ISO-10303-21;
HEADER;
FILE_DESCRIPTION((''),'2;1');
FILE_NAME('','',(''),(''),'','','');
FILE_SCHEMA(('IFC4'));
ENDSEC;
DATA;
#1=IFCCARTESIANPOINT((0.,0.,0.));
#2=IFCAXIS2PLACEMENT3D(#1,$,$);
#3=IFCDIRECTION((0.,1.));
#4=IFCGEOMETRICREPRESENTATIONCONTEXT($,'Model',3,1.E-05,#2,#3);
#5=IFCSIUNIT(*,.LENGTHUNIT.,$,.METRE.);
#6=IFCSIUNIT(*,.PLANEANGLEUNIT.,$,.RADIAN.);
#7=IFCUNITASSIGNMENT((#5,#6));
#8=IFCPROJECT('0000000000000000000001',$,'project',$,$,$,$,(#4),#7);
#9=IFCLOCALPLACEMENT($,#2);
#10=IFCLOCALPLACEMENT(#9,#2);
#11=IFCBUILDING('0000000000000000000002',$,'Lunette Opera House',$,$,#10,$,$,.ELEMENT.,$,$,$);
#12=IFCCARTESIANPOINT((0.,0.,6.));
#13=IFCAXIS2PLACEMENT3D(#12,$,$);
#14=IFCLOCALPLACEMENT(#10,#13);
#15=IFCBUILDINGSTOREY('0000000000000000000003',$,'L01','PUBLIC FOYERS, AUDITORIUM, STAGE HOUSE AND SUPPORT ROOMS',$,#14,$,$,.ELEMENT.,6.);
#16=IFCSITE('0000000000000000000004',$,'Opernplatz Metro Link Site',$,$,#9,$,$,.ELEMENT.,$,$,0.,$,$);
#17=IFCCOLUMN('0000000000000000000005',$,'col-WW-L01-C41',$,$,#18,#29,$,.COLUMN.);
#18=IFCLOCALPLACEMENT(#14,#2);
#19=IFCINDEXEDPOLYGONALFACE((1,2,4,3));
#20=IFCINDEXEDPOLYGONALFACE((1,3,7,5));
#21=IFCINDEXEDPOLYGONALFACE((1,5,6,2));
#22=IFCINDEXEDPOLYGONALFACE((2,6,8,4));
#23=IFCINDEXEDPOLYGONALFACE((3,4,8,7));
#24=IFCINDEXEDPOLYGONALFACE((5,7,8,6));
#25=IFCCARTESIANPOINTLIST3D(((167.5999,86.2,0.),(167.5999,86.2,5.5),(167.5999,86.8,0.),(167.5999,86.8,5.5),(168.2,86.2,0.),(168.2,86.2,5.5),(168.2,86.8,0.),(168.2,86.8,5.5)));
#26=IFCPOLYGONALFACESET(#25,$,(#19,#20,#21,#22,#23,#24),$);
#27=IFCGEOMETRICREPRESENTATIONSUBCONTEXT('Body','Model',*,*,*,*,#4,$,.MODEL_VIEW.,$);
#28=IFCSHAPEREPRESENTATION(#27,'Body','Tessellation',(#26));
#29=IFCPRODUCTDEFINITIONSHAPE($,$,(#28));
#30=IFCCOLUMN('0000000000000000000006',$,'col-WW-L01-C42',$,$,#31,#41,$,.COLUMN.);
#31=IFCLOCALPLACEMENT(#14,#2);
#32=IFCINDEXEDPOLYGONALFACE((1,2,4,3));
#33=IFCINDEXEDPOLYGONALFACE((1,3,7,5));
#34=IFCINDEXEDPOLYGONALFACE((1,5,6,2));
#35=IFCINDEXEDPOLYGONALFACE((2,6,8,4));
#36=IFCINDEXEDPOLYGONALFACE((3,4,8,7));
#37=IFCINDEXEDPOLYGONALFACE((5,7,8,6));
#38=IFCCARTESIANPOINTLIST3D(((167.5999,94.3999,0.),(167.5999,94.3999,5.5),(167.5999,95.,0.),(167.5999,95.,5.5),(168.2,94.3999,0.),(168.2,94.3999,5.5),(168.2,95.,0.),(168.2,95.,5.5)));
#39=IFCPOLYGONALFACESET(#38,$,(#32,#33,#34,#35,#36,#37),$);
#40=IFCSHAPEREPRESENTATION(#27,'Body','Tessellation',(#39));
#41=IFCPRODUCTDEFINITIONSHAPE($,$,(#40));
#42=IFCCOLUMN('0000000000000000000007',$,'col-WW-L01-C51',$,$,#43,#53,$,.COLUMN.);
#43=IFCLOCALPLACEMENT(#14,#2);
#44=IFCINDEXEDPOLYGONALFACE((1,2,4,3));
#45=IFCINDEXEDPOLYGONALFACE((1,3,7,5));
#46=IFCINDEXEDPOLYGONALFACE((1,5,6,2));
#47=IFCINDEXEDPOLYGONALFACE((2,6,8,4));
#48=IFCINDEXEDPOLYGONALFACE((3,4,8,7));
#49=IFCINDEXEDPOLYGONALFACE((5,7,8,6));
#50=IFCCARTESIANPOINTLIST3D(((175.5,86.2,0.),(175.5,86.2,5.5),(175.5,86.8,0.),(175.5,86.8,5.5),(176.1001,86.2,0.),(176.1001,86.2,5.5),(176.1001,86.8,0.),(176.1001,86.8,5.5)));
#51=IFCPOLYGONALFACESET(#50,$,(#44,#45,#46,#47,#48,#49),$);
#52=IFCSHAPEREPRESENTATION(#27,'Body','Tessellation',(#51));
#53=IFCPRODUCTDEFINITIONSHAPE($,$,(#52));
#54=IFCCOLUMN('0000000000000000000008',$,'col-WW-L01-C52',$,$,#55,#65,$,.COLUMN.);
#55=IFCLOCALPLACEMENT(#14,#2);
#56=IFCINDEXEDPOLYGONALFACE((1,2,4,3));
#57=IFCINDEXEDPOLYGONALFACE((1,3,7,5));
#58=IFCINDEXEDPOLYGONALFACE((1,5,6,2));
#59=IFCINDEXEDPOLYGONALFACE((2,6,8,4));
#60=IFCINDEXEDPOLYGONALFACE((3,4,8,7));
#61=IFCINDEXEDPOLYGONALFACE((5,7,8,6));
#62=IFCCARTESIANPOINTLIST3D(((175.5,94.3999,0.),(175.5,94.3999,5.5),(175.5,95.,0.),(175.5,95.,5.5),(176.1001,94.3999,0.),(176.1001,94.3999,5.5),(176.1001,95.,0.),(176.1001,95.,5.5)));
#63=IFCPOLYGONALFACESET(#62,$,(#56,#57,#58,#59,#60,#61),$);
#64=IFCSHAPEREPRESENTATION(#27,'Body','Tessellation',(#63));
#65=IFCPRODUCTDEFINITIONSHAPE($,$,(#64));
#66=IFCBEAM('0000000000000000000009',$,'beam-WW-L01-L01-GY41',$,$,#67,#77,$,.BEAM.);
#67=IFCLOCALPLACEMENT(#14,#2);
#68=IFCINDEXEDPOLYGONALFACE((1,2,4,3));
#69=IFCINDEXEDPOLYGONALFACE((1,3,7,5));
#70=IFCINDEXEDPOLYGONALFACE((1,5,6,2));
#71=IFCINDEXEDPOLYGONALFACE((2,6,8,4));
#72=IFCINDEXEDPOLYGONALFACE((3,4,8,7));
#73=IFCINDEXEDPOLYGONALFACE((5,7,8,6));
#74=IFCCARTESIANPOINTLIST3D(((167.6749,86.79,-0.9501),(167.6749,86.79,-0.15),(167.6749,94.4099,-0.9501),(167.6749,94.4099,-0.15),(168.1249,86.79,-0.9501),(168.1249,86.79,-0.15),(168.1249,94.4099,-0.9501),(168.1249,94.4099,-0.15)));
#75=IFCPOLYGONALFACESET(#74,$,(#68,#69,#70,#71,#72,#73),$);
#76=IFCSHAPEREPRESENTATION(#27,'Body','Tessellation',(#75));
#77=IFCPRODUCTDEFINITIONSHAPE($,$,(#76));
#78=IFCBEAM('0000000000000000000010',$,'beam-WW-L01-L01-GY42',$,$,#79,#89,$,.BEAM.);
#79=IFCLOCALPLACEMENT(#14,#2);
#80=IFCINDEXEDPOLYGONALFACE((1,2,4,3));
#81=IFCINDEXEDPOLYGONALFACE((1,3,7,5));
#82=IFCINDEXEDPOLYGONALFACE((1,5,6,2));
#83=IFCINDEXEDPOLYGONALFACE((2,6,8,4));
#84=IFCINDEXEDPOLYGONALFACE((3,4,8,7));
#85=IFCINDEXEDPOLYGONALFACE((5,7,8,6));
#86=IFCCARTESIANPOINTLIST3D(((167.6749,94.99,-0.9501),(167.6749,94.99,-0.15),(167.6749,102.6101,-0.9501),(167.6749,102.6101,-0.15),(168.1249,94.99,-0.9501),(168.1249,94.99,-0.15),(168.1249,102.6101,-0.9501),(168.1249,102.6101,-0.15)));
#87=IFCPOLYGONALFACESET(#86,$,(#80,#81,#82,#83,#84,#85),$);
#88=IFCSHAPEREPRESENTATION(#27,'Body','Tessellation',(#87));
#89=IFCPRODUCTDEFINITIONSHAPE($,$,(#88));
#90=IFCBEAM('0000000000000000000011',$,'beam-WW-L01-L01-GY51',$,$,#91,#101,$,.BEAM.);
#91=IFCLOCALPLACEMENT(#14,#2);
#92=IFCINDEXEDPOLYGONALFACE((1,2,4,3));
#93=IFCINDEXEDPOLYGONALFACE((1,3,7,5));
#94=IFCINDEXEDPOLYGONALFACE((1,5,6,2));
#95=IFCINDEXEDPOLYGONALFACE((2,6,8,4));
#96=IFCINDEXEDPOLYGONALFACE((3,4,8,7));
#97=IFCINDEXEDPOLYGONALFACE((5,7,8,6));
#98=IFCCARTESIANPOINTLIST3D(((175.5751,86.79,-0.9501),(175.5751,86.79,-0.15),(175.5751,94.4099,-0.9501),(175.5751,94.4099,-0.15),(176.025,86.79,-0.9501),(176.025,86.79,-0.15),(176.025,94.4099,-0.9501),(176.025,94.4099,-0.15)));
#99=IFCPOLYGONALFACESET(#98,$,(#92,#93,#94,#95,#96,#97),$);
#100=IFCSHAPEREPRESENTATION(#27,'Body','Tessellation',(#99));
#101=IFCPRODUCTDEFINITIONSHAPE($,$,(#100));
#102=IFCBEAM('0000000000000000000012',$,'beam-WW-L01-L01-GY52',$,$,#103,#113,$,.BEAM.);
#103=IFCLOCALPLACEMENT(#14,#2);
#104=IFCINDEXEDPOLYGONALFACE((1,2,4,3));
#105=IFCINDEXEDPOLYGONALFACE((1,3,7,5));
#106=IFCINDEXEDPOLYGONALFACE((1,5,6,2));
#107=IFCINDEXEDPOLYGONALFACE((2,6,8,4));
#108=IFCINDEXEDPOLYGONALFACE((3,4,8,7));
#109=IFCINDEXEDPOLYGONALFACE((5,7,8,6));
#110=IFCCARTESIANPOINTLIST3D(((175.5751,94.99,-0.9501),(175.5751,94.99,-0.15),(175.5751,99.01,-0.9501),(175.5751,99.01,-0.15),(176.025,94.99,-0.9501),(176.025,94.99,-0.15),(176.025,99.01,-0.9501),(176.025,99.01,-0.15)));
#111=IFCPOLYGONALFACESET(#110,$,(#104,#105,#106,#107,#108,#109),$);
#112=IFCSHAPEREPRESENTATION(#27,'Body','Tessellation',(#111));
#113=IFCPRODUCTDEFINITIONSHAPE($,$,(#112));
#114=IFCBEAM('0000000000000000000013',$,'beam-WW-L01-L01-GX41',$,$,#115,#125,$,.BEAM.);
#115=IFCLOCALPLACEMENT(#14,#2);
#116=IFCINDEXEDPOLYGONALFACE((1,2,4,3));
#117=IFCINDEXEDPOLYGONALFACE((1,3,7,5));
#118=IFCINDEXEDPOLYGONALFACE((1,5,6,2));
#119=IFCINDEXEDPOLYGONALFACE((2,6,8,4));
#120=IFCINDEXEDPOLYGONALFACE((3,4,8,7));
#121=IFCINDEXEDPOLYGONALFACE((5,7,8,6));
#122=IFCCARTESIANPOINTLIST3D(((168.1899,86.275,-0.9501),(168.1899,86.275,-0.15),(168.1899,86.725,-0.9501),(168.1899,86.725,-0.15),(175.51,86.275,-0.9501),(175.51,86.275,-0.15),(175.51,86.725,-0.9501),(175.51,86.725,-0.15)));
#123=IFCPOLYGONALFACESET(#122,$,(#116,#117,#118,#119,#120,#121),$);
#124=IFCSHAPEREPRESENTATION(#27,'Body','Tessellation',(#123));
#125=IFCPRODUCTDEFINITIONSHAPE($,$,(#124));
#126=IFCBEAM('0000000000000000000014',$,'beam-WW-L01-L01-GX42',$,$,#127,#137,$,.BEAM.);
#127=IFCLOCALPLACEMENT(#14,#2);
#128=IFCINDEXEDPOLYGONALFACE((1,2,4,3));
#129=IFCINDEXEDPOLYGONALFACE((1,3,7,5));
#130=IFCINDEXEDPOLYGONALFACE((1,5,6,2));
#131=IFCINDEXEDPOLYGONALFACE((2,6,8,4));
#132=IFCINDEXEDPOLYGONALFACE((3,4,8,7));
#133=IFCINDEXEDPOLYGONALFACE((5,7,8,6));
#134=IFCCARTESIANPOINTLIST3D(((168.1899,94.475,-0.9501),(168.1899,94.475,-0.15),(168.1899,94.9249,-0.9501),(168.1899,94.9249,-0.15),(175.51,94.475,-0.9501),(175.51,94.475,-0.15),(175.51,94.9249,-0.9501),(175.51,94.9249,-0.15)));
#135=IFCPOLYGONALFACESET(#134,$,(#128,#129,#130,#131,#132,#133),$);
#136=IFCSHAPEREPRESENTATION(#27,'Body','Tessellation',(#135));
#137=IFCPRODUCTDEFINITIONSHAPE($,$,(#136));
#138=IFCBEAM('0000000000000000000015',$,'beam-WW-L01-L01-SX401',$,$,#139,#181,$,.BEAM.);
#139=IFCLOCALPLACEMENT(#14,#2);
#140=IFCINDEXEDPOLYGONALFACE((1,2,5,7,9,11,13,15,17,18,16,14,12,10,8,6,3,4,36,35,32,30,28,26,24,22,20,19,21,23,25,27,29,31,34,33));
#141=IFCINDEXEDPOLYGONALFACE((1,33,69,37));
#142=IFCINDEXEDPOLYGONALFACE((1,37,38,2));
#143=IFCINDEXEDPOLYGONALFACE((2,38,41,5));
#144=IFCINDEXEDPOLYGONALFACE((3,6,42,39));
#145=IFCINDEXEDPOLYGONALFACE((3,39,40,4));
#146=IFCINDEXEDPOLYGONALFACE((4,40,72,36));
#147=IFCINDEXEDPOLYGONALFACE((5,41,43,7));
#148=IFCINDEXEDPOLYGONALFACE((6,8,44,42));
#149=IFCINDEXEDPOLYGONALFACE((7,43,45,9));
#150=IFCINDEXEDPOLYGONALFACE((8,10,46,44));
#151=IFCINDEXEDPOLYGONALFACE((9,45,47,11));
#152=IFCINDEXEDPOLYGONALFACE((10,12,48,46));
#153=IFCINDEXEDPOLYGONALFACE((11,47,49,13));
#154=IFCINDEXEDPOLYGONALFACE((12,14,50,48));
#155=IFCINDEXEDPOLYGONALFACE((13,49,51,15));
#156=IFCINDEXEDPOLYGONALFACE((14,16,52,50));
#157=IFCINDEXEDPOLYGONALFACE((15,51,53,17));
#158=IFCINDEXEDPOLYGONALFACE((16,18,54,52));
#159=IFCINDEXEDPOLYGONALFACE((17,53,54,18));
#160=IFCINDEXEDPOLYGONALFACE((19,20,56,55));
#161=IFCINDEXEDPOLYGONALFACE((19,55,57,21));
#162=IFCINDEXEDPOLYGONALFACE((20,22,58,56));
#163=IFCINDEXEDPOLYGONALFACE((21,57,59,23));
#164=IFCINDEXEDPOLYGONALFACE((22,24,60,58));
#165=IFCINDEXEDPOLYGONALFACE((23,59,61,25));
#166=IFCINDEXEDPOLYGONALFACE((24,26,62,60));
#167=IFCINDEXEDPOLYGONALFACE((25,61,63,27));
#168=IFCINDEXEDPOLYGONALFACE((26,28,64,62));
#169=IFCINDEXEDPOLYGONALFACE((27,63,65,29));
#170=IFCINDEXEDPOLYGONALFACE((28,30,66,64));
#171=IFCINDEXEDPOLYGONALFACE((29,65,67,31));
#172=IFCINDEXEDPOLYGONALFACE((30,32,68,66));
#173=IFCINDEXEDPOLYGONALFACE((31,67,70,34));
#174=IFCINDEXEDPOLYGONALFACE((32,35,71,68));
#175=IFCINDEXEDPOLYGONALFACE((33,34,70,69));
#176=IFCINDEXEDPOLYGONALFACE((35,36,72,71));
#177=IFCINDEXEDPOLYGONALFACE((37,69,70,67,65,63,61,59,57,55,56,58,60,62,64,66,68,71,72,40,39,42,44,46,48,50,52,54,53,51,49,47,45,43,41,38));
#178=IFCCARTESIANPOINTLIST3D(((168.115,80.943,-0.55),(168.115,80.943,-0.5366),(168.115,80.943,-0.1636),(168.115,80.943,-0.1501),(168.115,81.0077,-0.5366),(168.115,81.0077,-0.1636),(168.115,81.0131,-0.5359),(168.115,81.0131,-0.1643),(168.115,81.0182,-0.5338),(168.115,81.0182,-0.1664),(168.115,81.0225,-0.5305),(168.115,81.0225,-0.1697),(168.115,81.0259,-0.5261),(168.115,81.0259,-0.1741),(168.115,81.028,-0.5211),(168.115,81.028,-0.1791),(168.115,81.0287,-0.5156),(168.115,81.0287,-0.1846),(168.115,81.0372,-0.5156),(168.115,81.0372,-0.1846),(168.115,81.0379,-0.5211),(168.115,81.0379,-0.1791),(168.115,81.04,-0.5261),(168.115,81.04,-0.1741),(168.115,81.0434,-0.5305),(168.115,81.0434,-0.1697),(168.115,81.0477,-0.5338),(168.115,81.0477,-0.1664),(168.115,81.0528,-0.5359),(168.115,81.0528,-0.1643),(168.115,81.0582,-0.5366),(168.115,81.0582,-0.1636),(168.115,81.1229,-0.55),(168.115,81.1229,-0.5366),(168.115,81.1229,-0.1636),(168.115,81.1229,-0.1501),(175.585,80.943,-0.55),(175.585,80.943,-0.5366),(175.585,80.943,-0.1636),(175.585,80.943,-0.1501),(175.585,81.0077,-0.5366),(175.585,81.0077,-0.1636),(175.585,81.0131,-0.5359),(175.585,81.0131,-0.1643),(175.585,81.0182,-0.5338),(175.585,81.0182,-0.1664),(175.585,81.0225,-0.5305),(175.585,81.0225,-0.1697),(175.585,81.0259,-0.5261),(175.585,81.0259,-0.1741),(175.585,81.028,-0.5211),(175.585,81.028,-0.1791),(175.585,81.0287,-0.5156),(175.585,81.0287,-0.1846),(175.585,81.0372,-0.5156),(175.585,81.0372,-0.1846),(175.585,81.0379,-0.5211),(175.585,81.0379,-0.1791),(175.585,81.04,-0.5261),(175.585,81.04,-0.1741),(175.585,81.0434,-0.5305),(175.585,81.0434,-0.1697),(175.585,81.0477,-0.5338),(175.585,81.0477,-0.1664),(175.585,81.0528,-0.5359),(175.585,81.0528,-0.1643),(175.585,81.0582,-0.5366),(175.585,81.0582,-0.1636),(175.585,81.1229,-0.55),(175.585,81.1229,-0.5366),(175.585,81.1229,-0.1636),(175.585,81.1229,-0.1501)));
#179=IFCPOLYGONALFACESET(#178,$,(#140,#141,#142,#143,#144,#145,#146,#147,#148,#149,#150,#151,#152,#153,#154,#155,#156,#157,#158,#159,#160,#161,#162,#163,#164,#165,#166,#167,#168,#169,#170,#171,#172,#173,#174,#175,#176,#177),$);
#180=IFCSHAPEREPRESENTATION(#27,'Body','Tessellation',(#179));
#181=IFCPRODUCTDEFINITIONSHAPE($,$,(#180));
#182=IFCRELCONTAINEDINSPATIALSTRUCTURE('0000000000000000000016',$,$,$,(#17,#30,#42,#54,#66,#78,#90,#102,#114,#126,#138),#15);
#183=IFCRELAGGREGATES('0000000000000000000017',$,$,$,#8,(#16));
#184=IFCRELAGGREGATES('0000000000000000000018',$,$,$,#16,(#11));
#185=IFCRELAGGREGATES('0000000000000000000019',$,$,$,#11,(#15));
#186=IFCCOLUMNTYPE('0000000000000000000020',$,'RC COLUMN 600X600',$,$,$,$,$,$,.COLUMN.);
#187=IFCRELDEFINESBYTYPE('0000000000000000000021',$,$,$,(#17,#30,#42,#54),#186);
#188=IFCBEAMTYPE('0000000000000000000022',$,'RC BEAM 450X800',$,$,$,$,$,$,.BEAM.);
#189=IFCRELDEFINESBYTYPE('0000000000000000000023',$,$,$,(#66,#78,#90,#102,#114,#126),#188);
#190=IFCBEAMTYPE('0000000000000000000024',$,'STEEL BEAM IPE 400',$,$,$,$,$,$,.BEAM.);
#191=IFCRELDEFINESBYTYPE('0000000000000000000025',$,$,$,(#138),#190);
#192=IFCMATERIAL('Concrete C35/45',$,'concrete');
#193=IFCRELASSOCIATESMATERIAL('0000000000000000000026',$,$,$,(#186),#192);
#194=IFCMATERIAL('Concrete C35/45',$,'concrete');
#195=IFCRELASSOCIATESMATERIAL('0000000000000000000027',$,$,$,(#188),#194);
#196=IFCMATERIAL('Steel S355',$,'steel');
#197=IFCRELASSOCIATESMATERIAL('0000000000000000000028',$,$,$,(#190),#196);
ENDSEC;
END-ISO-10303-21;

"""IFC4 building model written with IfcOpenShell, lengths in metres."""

from ifc_helpers import new_model, si_unit, direction, frame, origin, origin_2d, place, context, subcontext, project, spatial, rectangle, i_section, extrude, material, material_profile, profile_set, type_object, element, save


model = new_model("IFC4")

# Units and contexts
model_context = context("Model", 3, precision=1e-05, world=origin(), true_north=direction((0.0, 1.0)))
body_context = subcontext(model_context, "Body", "Model", "MODEL_VIEW")
ifc_project = project(units=[si_unit("LENGTHUNIT", "METRE"), si_unit("PLANEANGLEUNIT", "RADIAN")], contexts=[model_context])

# Site, building, storey
site_placement = place(None, origin())
site = spatial("IfcSite", under=ifc_project, at=site_placement, Name="Opernplatz Metro Link Site", CompositionType="ELEMENT", RefElevation=0.0)
building_placement = place(site_placement, origin())
building = spatial("IfcBuilding", under=site, at=building_placement, Name="Lunette Opera House", CompositionType="ELEMENT")
storey_placement = place(building_placement, frame((0.0, 0.0, 6.0)))
storey = spatial("IfcBuildingStorey", under=building, at=storey_placement, Name="L01", Description="PUBLIC FOYERS, AUDITORIUM, STAGE HOUSE AND SUPPORT ROOMS", CompositionType="ELEMENT", Elevation=6.0)

# Columns
ifc_material_1 = material(Name="Concrete C35/45", Category="concrete")
ifc_material_profile_1 = material_profile(ifc_material_1, rectangle(XDim=0.6001, YDim=0.6001, at=origin_2d()), Name="RC COLUMN 600X600")
ifc_profile_set_1 = profile_set([ifc_material_profile_1], Name="Concrete C35/45")
column_type = type_object("IfcColumnType", Name="RC COLUMN 600X600", PredefinedType="COLUMN", material=ifc_profile_set_1)
for number, where, z_axis, x_axis, name in (
    (1, (167.8999, 86.5, 0.0), (0.0, 0.0, 1.0), (1.0, 0.0, 0.0), "col-WW-L01-C41"),
    (2, (167.8999, 94.7, 0.0), (0.0, 0.0, 1.0), (1.0, 0.0, 0.0), "col-WW-L01-C42"),
    (3, (175.8, 86.5, 0.0), (0.0, 0.0, 1.0), (1.0, 0.0, 0.0), "col-WW-L01-C51"),
    (4, (175.8, 94.7, 0.0), (0.0, 0.0, 1.0), (1.0, 0.0, 0.0), "col-WW-L01-C52"),
):
    element("IfcColumn", number, at=place(storey_placement, frame(where, z_axis=z_axis, x_axis=x_axis)), inside=storey, type_object=column_type, Name=name, PredefinedType="COLUMN", context=body_context, shape_type="SweptSolid", body=[
        extrude(rectangle(XDim=0.6001, YDim=0.6001, at=origin_2d()), origin(), (0.0, 0.0, 1.0), 5.5),
    ])

# Beams
ifc_material_2 = material(Name="Concrete C35/45", Category="concrete")
ifc_material_profile_2 = material_profile(ifc_material_2, rectangle(XDim=0.45, YDim=0.8, at=origin_2d()), Name="RC BEAM 450X800")
ifc_profile_set_2 = profile_set([ifc_material_profile_2], Name="Concrete C35/45")
beam_type_1 = type_object("IfcBeamType", Name="RC BEAM 450X800", PredefinedType="BEAM", material=ifc_profile_set_2)
beam_1_placement = place(storey_placement, frame((167.8999, 86.79, -0.55), z_axis=(0.0, 1.0, 0.0), x_axis=(-1.0, 0.0, 0.0)))
element("IfcBeam", 5, at=beam_1_placement, inside=storey, type_object=beam_type_1, Name="beam-WW-L01-L01-GY41", PredefinedType="BEAM", context=body_context, shape_type="SweptSolid", body=[
    extrude(rectangle(XDim=0.45, YDim=0.8, at=origin_2d()), origin(), (0.0, 0.0, 1.0), 7.6199),
])
beam_2_placement = place(storey_placement, frame((167.8999, 94.99, -0.55), z_axis=(0.0, 1.0, 0.0), x_axis=(-1.0, 0.0, 0.0)))
element("IfcBeam", 6, at=beam_2_placement, inside=storey, type_object=beam_type_1, Name="beam-WW-L01-L01-GY42", PredefinedType="BEAM", context=body_context, shape_type="SweptSolid", body=[
    extrude(rectangle(XDim=0.45, YDim=0.8, at=origin_2d()), origin(), (0.0, 0.0, 1.0), 7.6201),
])
beam_3_placement = place(storey_placement, frame((175.8, 86.79, -0.55), z_axis=(0.0, 1.0, 0.0), x_axis=(-1.0, 0.0, 0.0)))
element("IfcBeam", 7, at=beam_3_placement, inside=storey, type_object=beam_type_1, Name="beam-WW-L01-L01-GY51", PredefinedType="BEAM", context=body_context, shape_type="SweptSolid", body=[
    extrude(rectangle(XDim=0.45, YDim=0.8, at=origin_2d()), origin(), (0.0, 0.0, 1.0), 7.6199),
])
beam_4_placement = place(storey_placement, frame((175.8, 94.99, -0.55), z_axis=(0.0, 1.0, 0.0), x_axis=(-1.0, 0.0, 0.0)))
element("IfcBeam", 8, at=beam_4_placement, inside=storey, type_object=beam_type_1, Name="beam-WW-L01-L01-GY52", PredefinedType="BEAM", context=body_context, shape_type="SweptSolid", body=[
    extrude(rectangle(XDim=0.45, YDim=0.8, at=origin_2d()), origin(), (0.0, 0.0, 1.0), 4.02),
])
for number, where, z_axis, x_axis, name in (
    (9, (168.1899, 86.5, -0.55), (1.0, 0.0, 0.0), (0.0, 1.0, 0.0), "beam-WW-L01-L01-GX41"),
    (10, (168.1899, 94.7, -0.55), (1.0, 0.0, 0.0), (0.0, 1.0, 0.0), "beam-WW-L01-L01-GX42"),
):
    element("IfcBeam", number, at=place(storey_placement, frame(where, z_axis=z_axis, x_axis=x_axis)), inside=storey, type_object=beam_type_1, Name=name, PredefinedType="BEAM", context=body_context, shape_type="SweptSolid", body=[
        extrude(rectangle(XDim=0.45, YDim=0.8, at=origin_2d()), origin(), (0.0, 0.0, 1.0), 7.3201),
    ])
ifc_material_3 = material(Name="Steel S355", Category="steel")
ifc_material_profile_3 = material_profile(ifc_material_3, i_section(OverallWidth=0.1799, OverallDepth=0.3999, WebThickness=0.0085, FlangeThickness=0.0134, FilletRadius=0.021, at=origin_2d()), Name="IPE 400")
ifc_profile_set_3 = profile_set([ifc_material_profile_3], Name="Steel S355")
beam_type_2 = type_object("IfcBeamType", Name="STEEL BEAM IPE 400", PredefinedType="BEAM", material=ifc_profile_set_3)
for number, where, z_axis, x_axis, name in (
    (11, (168.115, 81.033, -0.3501), (1.0, 0.0, 0.0), (0.0, 1.0, 0.0), "beam-WW-L01-L01-SX401"),
):
    element("IfcBeam", number, at=place(storey_placement, frame(where, z_axis=z_axis, x_axis=x_axis)), inside=storey, type_object=beam_type_2, Name=name, PredefinedType="BEAM", context=body_context, shape_type="SweptSolid", body=[
        extrude(i_section(OverallWidth=0.1799, OverallDepth=0.3999, WebThickness=0.0085, FlangeThickness=0.0134, FilletRadius=0.021, at=origin_2d()), origin(), (0.0, 0.0, 1.0), 7.47),
    ])

save(model, "model.ifc")
